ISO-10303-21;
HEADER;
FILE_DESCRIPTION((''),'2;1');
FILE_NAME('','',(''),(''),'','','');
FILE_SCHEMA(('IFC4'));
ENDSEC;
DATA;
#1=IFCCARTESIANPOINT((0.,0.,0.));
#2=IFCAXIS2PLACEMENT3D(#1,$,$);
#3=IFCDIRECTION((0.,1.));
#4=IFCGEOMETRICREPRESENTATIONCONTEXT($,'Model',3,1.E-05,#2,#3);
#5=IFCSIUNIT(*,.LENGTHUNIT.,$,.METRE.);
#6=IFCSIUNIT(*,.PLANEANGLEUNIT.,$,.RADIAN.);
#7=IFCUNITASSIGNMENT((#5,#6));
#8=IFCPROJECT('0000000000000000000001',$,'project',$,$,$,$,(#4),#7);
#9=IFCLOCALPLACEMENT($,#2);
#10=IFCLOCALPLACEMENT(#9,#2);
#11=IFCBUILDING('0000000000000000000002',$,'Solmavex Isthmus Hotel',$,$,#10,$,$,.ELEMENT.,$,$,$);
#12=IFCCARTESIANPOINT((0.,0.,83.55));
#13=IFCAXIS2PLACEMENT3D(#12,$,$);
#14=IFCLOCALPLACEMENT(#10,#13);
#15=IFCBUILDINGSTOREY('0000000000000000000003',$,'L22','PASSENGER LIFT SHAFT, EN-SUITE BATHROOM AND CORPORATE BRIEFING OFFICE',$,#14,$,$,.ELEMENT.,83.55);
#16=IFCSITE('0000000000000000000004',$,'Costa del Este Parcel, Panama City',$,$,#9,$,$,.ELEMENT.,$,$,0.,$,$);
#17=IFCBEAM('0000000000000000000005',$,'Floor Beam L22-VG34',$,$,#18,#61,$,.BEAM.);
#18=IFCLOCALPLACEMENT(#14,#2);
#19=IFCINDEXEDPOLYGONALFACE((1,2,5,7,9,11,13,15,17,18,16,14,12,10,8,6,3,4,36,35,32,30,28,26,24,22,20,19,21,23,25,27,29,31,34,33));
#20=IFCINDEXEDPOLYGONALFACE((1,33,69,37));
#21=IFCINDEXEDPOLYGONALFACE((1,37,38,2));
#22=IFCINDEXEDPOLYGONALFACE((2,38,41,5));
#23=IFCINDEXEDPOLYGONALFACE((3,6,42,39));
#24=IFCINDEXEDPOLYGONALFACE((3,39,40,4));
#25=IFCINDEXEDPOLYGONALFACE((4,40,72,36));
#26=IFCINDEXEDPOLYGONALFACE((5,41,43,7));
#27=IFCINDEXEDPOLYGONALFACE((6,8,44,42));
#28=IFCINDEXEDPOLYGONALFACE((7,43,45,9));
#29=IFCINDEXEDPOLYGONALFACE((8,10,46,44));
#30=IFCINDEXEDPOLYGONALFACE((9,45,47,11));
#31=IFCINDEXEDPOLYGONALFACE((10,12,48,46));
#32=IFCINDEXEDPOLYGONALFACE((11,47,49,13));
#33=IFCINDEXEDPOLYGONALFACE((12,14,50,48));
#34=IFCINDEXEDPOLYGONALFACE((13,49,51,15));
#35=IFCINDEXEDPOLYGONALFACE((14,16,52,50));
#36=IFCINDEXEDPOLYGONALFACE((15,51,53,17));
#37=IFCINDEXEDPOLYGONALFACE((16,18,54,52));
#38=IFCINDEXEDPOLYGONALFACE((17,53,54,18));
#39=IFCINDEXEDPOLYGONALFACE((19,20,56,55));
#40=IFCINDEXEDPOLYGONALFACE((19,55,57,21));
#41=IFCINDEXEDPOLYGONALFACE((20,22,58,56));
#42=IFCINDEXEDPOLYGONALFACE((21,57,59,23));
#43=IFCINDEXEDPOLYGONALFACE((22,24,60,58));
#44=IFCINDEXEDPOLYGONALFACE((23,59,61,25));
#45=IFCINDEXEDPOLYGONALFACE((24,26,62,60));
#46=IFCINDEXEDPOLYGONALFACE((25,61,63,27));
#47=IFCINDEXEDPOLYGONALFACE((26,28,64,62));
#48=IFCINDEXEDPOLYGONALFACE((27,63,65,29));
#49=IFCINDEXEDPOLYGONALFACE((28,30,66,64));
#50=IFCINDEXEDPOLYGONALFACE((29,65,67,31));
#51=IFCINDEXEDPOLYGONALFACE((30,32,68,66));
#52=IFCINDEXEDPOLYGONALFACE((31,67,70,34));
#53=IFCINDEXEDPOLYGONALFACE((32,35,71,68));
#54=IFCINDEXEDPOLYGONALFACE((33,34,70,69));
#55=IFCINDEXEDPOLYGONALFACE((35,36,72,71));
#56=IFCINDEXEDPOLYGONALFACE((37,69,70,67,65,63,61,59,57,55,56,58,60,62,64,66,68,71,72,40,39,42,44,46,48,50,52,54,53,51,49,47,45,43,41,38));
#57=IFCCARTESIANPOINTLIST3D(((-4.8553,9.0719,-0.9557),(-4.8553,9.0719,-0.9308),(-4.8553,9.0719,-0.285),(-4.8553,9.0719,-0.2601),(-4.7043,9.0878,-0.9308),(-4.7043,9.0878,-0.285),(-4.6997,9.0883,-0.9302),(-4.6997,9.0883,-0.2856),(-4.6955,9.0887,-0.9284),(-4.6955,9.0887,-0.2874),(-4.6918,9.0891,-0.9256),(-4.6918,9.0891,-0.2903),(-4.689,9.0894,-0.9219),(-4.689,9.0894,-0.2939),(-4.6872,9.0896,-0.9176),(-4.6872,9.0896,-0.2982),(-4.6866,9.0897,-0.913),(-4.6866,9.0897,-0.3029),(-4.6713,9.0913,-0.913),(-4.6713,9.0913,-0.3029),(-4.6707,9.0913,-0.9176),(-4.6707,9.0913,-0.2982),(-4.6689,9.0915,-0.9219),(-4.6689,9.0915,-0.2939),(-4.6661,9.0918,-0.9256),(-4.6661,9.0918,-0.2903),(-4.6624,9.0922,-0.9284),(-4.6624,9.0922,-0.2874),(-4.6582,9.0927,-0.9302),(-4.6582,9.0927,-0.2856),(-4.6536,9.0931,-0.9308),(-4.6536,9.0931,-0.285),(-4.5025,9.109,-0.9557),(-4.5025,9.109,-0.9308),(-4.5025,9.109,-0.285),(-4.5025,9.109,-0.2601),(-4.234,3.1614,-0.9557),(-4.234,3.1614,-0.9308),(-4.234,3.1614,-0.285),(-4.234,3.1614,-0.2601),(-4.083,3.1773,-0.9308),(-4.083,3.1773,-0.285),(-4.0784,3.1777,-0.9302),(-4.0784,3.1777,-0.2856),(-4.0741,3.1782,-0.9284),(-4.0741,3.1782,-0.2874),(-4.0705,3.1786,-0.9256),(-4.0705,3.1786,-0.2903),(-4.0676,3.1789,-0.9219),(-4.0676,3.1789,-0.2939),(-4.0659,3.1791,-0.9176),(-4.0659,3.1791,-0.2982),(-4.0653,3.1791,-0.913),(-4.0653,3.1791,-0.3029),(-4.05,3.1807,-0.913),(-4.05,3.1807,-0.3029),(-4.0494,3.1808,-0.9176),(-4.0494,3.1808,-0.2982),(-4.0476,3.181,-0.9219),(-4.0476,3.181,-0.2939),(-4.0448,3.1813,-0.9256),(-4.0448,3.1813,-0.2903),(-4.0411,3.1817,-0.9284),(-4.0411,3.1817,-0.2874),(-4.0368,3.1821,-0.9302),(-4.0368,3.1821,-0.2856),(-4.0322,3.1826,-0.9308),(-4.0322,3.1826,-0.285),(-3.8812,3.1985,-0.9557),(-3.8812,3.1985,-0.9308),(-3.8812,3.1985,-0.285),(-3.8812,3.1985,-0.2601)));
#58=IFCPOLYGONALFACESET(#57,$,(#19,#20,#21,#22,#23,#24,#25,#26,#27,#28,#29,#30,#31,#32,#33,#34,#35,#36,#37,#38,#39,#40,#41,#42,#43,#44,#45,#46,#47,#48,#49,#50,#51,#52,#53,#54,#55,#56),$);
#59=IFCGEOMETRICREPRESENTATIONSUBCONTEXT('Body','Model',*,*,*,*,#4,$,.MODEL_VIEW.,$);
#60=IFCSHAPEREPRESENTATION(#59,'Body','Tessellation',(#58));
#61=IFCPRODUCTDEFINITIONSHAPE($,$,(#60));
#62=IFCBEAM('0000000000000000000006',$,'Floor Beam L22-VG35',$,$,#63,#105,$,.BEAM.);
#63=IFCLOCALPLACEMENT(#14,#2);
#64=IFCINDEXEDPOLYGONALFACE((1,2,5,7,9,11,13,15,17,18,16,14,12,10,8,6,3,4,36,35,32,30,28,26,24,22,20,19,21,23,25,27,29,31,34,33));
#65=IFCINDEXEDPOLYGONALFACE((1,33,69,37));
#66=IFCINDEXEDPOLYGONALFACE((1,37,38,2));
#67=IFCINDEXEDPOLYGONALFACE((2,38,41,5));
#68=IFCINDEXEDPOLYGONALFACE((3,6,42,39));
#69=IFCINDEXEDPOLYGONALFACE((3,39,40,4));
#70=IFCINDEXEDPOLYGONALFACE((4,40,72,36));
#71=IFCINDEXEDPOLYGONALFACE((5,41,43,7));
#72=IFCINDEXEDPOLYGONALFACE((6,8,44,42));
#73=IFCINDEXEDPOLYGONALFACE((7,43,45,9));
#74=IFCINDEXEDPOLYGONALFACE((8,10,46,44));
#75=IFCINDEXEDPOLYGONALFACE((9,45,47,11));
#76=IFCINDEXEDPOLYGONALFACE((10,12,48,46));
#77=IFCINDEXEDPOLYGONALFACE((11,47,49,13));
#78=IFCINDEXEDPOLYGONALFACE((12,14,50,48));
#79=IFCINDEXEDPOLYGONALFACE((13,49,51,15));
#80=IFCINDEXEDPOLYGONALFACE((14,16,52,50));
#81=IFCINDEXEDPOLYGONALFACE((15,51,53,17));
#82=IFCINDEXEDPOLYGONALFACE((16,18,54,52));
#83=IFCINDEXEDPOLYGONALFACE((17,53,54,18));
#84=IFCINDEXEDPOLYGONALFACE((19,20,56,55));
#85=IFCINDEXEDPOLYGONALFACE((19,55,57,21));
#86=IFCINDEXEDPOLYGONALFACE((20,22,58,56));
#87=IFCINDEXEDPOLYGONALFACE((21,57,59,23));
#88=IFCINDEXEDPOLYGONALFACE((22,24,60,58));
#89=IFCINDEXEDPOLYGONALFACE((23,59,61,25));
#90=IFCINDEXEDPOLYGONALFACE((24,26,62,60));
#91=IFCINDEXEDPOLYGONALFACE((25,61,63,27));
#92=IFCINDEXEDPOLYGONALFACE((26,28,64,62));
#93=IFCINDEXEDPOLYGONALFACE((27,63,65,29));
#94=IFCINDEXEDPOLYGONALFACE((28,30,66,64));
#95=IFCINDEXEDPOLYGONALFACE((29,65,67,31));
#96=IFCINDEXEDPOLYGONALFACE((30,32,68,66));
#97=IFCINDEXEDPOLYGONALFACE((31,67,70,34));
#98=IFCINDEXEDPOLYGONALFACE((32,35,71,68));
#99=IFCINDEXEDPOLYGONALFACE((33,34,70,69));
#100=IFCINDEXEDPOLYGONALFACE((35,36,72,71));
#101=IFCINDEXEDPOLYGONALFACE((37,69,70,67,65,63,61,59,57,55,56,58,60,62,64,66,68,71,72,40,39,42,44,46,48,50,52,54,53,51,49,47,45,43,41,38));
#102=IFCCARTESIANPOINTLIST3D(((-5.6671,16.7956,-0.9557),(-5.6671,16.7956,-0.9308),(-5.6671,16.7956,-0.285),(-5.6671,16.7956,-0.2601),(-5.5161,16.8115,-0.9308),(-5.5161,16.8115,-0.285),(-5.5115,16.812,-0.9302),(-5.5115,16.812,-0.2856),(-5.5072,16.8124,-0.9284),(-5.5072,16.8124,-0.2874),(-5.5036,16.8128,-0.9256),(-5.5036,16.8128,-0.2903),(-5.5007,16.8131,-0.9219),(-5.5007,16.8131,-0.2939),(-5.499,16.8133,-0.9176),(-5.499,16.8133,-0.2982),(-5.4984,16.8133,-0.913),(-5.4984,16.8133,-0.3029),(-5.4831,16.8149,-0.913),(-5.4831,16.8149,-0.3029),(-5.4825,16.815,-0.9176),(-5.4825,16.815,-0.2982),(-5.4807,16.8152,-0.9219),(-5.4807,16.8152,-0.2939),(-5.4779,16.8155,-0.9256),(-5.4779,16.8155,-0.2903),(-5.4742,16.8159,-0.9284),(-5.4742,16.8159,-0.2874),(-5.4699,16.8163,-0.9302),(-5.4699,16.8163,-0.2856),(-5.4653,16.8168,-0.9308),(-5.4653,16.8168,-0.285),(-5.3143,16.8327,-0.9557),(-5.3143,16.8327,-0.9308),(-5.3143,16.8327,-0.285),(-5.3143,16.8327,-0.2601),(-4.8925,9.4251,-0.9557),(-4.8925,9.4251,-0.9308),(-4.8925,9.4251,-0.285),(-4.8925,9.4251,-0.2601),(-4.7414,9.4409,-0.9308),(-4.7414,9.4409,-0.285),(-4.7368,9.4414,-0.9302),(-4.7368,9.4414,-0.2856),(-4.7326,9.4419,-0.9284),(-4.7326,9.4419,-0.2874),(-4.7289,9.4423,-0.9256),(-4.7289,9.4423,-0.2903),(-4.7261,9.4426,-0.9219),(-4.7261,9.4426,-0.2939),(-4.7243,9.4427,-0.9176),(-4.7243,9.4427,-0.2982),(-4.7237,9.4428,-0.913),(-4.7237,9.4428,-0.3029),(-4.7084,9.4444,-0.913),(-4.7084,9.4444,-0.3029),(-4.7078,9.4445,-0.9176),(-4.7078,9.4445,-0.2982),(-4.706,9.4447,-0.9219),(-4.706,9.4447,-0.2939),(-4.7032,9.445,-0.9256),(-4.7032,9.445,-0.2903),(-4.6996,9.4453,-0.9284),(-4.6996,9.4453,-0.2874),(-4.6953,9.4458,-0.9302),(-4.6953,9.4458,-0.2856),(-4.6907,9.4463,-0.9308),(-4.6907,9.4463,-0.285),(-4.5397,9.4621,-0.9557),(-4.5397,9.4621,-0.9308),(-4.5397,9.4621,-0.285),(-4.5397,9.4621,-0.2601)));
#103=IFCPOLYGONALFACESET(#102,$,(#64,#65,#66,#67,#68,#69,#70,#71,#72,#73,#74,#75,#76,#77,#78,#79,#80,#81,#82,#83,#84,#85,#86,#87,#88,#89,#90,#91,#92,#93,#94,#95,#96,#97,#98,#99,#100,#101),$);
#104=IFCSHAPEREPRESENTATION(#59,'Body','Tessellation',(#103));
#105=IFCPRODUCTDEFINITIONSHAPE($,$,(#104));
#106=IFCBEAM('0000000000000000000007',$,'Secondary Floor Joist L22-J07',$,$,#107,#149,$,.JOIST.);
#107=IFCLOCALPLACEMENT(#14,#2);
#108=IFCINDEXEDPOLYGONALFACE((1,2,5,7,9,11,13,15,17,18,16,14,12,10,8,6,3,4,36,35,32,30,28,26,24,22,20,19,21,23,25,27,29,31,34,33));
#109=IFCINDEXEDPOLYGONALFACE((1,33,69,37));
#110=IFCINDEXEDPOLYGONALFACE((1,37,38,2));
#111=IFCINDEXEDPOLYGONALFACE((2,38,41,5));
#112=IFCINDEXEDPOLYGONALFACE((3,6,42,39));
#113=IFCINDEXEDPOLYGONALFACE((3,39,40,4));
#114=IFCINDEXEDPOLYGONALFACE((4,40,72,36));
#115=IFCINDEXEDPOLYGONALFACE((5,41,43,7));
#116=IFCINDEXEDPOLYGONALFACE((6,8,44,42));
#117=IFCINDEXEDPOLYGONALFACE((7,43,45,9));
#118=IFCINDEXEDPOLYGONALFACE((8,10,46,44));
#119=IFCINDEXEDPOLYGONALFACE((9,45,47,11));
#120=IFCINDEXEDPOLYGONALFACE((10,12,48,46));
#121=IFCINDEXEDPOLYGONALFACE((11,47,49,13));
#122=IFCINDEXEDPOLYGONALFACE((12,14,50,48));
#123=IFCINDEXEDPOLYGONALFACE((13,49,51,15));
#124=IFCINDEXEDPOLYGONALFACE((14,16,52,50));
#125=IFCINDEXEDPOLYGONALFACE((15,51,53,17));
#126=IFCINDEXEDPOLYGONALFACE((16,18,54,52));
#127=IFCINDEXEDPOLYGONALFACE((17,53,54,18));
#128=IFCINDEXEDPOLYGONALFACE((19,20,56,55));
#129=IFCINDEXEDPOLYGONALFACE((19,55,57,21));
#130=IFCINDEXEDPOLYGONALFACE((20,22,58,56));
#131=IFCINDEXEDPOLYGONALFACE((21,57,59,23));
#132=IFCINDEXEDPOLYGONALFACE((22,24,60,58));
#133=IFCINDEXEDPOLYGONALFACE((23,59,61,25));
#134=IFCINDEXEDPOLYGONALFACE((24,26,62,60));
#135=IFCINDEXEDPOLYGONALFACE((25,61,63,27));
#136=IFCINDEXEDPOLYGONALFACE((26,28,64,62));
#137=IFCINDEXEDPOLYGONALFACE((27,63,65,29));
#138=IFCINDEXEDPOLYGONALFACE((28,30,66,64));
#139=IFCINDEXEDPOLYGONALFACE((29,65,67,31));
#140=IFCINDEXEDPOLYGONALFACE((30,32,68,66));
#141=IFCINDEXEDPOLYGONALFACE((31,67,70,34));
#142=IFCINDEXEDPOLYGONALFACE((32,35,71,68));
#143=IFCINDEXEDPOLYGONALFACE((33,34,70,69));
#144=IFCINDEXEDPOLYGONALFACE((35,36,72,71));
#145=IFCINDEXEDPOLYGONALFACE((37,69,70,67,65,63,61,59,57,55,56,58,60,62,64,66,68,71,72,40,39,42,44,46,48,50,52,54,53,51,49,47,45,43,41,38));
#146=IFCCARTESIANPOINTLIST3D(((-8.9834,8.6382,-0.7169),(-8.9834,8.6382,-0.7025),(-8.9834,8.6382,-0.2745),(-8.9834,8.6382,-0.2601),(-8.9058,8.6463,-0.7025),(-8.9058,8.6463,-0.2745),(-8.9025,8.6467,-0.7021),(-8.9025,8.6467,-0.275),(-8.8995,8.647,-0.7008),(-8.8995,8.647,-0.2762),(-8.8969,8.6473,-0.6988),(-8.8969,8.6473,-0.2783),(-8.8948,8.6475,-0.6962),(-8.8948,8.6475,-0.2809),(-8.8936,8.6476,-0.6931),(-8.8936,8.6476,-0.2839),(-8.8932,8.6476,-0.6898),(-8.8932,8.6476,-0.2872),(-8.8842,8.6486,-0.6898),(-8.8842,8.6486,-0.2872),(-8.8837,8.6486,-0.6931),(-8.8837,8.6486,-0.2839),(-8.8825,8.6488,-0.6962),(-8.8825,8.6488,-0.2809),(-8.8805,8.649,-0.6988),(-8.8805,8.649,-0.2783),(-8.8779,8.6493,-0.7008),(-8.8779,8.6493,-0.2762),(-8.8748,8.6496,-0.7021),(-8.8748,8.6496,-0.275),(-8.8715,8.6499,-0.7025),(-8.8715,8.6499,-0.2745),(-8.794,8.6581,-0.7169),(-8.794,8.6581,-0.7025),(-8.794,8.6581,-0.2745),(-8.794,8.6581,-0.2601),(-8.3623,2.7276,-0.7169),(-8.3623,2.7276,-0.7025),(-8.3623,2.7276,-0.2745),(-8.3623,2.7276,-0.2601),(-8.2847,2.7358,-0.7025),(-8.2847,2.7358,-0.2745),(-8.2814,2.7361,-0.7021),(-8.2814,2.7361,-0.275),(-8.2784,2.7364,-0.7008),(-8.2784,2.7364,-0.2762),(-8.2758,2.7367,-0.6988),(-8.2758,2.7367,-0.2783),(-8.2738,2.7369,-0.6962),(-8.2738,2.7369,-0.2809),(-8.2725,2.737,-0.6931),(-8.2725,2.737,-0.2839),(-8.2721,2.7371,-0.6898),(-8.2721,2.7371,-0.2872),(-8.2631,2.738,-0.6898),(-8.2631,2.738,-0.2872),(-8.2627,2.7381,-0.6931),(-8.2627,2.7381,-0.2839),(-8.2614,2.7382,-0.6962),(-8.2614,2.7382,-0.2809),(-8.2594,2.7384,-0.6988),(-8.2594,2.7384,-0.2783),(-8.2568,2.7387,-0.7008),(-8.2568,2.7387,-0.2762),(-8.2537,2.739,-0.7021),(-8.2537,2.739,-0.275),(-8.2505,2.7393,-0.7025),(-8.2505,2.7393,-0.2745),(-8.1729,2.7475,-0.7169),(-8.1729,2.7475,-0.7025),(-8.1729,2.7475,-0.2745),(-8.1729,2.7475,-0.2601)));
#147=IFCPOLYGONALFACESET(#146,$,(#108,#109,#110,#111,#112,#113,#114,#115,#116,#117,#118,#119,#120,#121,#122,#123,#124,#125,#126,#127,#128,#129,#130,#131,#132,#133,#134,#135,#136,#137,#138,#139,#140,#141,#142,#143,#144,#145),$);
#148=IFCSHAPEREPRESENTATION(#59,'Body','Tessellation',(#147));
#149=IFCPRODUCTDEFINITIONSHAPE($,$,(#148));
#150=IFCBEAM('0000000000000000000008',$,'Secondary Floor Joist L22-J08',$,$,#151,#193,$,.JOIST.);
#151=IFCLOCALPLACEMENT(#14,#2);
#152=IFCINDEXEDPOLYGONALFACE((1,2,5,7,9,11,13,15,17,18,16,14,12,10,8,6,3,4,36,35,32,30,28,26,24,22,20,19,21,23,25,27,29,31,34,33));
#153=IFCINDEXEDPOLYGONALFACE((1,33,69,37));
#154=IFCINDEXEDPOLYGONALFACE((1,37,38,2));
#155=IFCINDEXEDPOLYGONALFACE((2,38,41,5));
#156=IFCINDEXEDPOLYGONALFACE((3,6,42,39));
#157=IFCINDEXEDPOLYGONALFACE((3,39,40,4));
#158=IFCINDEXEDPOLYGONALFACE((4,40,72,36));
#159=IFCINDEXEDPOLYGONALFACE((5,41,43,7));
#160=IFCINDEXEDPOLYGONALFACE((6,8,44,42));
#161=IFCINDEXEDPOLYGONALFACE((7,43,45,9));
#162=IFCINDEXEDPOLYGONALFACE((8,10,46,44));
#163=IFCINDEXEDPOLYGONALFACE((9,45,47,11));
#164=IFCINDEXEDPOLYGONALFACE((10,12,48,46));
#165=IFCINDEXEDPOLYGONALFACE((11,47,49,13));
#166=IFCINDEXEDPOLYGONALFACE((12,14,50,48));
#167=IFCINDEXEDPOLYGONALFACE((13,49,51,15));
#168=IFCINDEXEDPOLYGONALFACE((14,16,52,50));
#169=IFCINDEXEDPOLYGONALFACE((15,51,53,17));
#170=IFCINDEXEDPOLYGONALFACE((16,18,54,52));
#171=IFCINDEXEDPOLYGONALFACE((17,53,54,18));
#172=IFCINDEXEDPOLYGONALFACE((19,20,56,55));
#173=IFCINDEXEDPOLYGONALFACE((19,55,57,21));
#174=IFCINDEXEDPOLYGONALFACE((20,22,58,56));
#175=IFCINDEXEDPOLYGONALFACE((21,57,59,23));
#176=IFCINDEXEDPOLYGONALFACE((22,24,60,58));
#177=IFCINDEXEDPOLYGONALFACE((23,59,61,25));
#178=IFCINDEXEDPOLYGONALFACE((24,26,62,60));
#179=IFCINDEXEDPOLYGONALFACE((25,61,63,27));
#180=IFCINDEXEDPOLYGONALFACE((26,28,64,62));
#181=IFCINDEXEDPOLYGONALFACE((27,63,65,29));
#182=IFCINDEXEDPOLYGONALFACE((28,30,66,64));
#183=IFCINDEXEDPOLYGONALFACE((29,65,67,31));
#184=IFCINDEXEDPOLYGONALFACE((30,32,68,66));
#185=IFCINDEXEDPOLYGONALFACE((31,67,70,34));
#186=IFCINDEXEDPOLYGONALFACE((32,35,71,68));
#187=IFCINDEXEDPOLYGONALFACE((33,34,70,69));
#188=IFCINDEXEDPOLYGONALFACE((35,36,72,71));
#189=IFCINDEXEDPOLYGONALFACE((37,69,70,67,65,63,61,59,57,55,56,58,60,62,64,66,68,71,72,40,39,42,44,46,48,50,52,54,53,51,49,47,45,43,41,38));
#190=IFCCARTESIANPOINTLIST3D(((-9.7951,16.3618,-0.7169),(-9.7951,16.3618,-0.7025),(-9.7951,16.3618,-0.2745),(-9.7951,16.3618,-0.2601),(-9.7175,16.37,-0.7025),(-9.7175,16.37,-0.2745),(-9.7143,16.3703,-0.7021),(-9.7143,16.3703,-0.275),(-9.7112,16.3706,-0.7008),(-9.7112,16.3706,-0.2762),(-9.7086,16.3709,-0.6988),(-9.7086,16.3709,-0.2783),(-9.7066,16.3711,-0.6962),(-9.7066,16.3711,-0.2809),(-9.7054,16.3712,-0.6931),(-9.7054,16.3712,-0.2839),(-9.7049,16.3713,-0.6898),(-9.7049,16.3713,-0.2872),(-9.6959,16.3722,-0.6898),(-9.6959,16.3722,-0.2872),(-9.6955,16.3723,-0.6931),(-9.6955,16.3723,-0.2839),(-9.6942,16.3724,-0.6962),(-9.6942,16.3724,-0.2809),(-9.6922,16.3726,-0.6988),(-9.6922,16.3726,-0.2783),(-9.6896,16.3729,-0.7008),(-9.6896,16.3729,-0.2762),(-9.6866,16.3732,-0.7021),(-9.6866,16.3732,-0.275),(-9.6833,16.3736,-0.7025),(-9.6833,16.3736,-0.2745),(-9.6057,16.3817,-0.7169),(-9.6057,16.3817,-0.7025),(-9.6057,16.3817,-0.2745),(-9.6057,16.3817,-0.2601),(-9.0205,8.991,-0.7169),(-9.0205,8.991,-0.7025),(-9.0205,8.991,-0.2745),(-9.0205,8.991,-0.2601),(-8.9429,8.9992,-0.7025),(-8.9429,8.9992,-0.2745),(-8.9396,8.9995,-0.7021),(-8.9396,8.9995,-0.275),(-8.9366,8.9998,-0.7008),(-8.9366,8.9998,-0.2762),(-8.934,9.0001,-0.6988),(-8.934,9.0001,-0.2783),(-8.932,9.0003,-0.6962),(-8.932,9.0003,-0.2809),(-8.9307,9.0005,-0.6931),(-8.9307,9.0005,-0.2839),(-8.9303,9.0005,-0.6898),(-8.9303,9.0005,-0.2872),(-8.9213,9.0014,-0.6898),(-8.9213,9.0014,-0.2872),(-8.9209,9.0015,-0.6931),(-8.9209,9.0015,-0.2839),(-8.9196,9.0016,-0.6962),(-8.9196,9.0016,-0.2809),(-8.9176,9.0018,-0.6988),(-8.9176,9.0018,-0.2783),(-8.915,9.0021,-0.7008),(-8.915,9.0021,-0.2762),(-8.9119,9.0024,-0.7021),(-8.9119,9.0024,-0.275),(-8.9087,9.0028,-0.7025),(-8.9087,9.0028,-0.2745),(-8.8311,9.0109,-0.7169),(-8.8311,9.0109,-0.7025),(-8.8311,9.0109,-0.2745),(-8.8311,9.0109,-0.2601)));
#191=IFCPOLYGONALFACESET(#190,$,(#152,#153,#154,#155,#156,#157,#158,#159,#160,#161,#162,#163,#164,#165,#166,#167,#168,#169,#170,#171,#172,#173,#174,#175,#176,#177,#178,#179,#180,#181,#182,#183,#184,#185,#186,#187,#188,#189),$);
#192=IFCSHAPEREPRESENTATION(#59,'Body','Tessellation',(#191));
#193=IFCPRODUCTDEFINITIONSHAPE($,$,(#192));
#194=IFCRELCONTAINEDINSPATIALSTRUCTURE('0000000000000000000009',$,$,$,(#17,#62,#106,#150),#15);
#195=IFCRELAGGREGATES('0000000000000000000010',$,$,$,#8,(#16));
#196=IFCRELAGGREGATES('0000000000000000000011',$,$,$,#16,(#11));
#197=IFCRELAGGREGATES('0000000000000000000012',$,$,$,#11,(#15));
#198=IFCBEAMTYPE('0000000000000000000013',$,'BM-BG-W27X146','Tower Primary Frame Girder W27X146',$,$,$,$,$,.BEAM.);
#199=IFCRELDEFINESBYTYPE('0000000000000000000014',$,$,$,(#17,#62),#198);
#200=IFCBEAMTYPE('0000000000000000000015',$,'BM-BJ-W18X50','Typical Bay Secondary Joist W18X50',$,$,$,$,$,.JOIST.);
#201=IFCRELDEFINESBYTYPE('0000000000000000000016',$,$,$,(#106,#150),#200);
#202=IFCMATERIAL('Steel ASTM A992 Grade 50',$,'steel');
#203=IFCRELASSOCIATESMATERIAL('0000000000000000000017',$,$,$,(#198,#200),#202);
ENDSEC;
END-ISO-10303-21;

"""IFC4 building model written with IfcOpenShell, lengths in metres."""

from ifc_helpers import new_model, si_unit, direction, frame, origin, origin_2d, place, context, subcontext, project, spatial, i_section, extrude, material, material_profile, profile_set, type_object, element, save


model = new_model("IFC4")

# Units and contexts
model_context = context("Model", 3, precision=1e-05, world=origin(), true_north=direction((0.0, 1.0)))
body_context = subcontext(model_context, "Body", "Model", "MODEL_VIEW")
ifc_project = project(units=[si_unit("LENGTHUNIT", "METRE"), si_unit("PLANEANGLEUNIT", "RADIAN")], contexts=[model_context])

# Site, building, storey
site_placement = place(None, origin())
site = spatial("IfcSite", under=ifc_project, at=site_placement, Name="Costa del Este Parcel, Panama City", CompositionType="ELEMENT", RefElevation=0.0)
building_placement = place(site_placement, origin())
building = spatial("IfcBuilding", under=site, at=building_placement, Name="Solmavex Isthmus Hotel", CompositionType="ELEMENT")
storey_placement = place(building_placement, frame((0.0, 0.0, 83.55)))
storey = spatial("IfcBuildingStorey", under=building, at=storey_placement, Name="L22", Description="PASSENGER LIFT SHAFT, EN-SUITE BATHROOM AND CORPORATE BRIEFING OFFICE", CompositionType="ELEMENT", Elevation=83.55)

# Beams
ifc_material_1 = material(Name="Steel ASTM A992 Grade 50", Category="steel")
ifc_material_profile_1 = material_profile(ifc_material_1, i_section(OverallWidth=0.3547, OverallDepth=0.6956, WebThickness=0.0154, FlangeThickness=0.0249, FilletRadius=0.0178, at=origin_2d()), Name="W27X146")
ifc_profile_set_1 = profile_set([ifc_material_profile_1], Name="Steel ASTM A992 Grade 50")
beam_type_1 = type_object("IfcBeamType", Name="BM-BG-W27X146", Description="Tower Primary Frame Girder W27X146", PredefinedType="BEAM", material=ifc_profile_set_1)
for number, where, z_axis, x_axis, name in (
    (1, (-4.0576, 3.1799, -0.6079), (-0.104546, 0.99452, 0.0), (-0.99452, -0.104546, 0.0), "Floor Beam L22-VG34"),
):
    element("IfcBeam", number, at=place(storey_placement, frame(where, z_axis=z_axis, x_axis=x_axis)), inside=storey, type_object=beam_type_1, Name=name, PredefinedType="BEAM", context=body_context, shape_type="SweptSolid", body=[
        extrude(i_section(OverallWidth=0.3547, OverallDepth=0.6956, WebThickness=0.0154, FlangeThickness=0.0249, FilletRadius=0.0178, at=origin_2d()), origin(), (0.0, 0.0, 1.0), 5.9431),
    ])
beam_1_placement = place(storey_placement, frame((-4.7161, 9.4436, -0.6079), z_axis=(-0.104525, 0.994522, 0.0), x_axis=(-0.994522, -0.104525, 0.0)))
element("IfcBeam", 2, at=beam_1_placement, inside=storey, type_object=beam_type_1, Name="Floor Beam L22-VG35", PredefinedType="BEAM", context=body_context, shape_type="SweptSolid", body=[
    extrude(i_section(OverallWidth=0.3547, OverallDepth=0.6956, WebThickness=0.0154, FlangeThickness=0.0249, FilletRadius=0.0178, at=origin_2d()), origin(), (0.0, 0.0, 1.0), 7.4111),
])
ifc_material_profile_2 = material_profile(ifc_material_1, i_section(OverallWidth=0.1904, OverallDepth=0.4568, WebThickness=0.009, FlangeThickness=0.0144, FilletRadius=0.0127, at=origin_2d()), Name="W18X50")
ifc_profile_set_2 = profile_set([ifc_material_profile_2], Name="Steel ASTM A992 Grade 50")
beam_type_2 = type_object("IfcBeamType", Name="BM-BJ-W18X50", Description="Typical Bay Secondary Joist W18X50", PredefinedType="JOIST", material=ifc_profile_set_2)
beam_2_placement = place(storey_placement, frame((-8.2676, 2.7375, -0.4885), z_axis=(-0.104505, 0.994524, 0.0), x_axis=(-0.994524, -0.104505, 0.0)))
element("IfcBeam", 3, at=beam_2_placement, inside=storey, type_object=beam_type_2, Name="Secondary Floor Joist L22-J07", PredefinedType="JOIST", context=body_context, shape_type="SweptSolid", body=[
    extrude(i_section(OverallWidth=0.1904, OverallDepth=0.4568, WebThickness=0.009, FlangeThickness=0.0144, FilletRadius=0.0127, at=origin_2d()), origin(), (0.0, 0.0, 1.0), 5.9431),
])
beam_3_placement = place(storey_placement, frame((-8.9258, 9.001, -0.4885), z_axis=(-0.104522, 0.994523, 0.0), x_axis=(-0.994523, -0.104522, 0.0)))
element("IfcBeam", 4, at=beam_3_placement, inside=storey, type_object=beam_type_2, Name="Secondary Floor Joist L22-J08", PredefinedType="JOIST", context=body_context, shape_type="SweptSolid", body=[
    extrude(i_section(OverallWidth=0.1904, OverallDepth=0.4568, WebThickness=0.009, FlangeThickness=0.0144, FilletRadius=0.0127, at=origin_2d()), origin(), (0.0, 0.0, 1.0), 7.4114),
])

save(model, "model.ifc")
